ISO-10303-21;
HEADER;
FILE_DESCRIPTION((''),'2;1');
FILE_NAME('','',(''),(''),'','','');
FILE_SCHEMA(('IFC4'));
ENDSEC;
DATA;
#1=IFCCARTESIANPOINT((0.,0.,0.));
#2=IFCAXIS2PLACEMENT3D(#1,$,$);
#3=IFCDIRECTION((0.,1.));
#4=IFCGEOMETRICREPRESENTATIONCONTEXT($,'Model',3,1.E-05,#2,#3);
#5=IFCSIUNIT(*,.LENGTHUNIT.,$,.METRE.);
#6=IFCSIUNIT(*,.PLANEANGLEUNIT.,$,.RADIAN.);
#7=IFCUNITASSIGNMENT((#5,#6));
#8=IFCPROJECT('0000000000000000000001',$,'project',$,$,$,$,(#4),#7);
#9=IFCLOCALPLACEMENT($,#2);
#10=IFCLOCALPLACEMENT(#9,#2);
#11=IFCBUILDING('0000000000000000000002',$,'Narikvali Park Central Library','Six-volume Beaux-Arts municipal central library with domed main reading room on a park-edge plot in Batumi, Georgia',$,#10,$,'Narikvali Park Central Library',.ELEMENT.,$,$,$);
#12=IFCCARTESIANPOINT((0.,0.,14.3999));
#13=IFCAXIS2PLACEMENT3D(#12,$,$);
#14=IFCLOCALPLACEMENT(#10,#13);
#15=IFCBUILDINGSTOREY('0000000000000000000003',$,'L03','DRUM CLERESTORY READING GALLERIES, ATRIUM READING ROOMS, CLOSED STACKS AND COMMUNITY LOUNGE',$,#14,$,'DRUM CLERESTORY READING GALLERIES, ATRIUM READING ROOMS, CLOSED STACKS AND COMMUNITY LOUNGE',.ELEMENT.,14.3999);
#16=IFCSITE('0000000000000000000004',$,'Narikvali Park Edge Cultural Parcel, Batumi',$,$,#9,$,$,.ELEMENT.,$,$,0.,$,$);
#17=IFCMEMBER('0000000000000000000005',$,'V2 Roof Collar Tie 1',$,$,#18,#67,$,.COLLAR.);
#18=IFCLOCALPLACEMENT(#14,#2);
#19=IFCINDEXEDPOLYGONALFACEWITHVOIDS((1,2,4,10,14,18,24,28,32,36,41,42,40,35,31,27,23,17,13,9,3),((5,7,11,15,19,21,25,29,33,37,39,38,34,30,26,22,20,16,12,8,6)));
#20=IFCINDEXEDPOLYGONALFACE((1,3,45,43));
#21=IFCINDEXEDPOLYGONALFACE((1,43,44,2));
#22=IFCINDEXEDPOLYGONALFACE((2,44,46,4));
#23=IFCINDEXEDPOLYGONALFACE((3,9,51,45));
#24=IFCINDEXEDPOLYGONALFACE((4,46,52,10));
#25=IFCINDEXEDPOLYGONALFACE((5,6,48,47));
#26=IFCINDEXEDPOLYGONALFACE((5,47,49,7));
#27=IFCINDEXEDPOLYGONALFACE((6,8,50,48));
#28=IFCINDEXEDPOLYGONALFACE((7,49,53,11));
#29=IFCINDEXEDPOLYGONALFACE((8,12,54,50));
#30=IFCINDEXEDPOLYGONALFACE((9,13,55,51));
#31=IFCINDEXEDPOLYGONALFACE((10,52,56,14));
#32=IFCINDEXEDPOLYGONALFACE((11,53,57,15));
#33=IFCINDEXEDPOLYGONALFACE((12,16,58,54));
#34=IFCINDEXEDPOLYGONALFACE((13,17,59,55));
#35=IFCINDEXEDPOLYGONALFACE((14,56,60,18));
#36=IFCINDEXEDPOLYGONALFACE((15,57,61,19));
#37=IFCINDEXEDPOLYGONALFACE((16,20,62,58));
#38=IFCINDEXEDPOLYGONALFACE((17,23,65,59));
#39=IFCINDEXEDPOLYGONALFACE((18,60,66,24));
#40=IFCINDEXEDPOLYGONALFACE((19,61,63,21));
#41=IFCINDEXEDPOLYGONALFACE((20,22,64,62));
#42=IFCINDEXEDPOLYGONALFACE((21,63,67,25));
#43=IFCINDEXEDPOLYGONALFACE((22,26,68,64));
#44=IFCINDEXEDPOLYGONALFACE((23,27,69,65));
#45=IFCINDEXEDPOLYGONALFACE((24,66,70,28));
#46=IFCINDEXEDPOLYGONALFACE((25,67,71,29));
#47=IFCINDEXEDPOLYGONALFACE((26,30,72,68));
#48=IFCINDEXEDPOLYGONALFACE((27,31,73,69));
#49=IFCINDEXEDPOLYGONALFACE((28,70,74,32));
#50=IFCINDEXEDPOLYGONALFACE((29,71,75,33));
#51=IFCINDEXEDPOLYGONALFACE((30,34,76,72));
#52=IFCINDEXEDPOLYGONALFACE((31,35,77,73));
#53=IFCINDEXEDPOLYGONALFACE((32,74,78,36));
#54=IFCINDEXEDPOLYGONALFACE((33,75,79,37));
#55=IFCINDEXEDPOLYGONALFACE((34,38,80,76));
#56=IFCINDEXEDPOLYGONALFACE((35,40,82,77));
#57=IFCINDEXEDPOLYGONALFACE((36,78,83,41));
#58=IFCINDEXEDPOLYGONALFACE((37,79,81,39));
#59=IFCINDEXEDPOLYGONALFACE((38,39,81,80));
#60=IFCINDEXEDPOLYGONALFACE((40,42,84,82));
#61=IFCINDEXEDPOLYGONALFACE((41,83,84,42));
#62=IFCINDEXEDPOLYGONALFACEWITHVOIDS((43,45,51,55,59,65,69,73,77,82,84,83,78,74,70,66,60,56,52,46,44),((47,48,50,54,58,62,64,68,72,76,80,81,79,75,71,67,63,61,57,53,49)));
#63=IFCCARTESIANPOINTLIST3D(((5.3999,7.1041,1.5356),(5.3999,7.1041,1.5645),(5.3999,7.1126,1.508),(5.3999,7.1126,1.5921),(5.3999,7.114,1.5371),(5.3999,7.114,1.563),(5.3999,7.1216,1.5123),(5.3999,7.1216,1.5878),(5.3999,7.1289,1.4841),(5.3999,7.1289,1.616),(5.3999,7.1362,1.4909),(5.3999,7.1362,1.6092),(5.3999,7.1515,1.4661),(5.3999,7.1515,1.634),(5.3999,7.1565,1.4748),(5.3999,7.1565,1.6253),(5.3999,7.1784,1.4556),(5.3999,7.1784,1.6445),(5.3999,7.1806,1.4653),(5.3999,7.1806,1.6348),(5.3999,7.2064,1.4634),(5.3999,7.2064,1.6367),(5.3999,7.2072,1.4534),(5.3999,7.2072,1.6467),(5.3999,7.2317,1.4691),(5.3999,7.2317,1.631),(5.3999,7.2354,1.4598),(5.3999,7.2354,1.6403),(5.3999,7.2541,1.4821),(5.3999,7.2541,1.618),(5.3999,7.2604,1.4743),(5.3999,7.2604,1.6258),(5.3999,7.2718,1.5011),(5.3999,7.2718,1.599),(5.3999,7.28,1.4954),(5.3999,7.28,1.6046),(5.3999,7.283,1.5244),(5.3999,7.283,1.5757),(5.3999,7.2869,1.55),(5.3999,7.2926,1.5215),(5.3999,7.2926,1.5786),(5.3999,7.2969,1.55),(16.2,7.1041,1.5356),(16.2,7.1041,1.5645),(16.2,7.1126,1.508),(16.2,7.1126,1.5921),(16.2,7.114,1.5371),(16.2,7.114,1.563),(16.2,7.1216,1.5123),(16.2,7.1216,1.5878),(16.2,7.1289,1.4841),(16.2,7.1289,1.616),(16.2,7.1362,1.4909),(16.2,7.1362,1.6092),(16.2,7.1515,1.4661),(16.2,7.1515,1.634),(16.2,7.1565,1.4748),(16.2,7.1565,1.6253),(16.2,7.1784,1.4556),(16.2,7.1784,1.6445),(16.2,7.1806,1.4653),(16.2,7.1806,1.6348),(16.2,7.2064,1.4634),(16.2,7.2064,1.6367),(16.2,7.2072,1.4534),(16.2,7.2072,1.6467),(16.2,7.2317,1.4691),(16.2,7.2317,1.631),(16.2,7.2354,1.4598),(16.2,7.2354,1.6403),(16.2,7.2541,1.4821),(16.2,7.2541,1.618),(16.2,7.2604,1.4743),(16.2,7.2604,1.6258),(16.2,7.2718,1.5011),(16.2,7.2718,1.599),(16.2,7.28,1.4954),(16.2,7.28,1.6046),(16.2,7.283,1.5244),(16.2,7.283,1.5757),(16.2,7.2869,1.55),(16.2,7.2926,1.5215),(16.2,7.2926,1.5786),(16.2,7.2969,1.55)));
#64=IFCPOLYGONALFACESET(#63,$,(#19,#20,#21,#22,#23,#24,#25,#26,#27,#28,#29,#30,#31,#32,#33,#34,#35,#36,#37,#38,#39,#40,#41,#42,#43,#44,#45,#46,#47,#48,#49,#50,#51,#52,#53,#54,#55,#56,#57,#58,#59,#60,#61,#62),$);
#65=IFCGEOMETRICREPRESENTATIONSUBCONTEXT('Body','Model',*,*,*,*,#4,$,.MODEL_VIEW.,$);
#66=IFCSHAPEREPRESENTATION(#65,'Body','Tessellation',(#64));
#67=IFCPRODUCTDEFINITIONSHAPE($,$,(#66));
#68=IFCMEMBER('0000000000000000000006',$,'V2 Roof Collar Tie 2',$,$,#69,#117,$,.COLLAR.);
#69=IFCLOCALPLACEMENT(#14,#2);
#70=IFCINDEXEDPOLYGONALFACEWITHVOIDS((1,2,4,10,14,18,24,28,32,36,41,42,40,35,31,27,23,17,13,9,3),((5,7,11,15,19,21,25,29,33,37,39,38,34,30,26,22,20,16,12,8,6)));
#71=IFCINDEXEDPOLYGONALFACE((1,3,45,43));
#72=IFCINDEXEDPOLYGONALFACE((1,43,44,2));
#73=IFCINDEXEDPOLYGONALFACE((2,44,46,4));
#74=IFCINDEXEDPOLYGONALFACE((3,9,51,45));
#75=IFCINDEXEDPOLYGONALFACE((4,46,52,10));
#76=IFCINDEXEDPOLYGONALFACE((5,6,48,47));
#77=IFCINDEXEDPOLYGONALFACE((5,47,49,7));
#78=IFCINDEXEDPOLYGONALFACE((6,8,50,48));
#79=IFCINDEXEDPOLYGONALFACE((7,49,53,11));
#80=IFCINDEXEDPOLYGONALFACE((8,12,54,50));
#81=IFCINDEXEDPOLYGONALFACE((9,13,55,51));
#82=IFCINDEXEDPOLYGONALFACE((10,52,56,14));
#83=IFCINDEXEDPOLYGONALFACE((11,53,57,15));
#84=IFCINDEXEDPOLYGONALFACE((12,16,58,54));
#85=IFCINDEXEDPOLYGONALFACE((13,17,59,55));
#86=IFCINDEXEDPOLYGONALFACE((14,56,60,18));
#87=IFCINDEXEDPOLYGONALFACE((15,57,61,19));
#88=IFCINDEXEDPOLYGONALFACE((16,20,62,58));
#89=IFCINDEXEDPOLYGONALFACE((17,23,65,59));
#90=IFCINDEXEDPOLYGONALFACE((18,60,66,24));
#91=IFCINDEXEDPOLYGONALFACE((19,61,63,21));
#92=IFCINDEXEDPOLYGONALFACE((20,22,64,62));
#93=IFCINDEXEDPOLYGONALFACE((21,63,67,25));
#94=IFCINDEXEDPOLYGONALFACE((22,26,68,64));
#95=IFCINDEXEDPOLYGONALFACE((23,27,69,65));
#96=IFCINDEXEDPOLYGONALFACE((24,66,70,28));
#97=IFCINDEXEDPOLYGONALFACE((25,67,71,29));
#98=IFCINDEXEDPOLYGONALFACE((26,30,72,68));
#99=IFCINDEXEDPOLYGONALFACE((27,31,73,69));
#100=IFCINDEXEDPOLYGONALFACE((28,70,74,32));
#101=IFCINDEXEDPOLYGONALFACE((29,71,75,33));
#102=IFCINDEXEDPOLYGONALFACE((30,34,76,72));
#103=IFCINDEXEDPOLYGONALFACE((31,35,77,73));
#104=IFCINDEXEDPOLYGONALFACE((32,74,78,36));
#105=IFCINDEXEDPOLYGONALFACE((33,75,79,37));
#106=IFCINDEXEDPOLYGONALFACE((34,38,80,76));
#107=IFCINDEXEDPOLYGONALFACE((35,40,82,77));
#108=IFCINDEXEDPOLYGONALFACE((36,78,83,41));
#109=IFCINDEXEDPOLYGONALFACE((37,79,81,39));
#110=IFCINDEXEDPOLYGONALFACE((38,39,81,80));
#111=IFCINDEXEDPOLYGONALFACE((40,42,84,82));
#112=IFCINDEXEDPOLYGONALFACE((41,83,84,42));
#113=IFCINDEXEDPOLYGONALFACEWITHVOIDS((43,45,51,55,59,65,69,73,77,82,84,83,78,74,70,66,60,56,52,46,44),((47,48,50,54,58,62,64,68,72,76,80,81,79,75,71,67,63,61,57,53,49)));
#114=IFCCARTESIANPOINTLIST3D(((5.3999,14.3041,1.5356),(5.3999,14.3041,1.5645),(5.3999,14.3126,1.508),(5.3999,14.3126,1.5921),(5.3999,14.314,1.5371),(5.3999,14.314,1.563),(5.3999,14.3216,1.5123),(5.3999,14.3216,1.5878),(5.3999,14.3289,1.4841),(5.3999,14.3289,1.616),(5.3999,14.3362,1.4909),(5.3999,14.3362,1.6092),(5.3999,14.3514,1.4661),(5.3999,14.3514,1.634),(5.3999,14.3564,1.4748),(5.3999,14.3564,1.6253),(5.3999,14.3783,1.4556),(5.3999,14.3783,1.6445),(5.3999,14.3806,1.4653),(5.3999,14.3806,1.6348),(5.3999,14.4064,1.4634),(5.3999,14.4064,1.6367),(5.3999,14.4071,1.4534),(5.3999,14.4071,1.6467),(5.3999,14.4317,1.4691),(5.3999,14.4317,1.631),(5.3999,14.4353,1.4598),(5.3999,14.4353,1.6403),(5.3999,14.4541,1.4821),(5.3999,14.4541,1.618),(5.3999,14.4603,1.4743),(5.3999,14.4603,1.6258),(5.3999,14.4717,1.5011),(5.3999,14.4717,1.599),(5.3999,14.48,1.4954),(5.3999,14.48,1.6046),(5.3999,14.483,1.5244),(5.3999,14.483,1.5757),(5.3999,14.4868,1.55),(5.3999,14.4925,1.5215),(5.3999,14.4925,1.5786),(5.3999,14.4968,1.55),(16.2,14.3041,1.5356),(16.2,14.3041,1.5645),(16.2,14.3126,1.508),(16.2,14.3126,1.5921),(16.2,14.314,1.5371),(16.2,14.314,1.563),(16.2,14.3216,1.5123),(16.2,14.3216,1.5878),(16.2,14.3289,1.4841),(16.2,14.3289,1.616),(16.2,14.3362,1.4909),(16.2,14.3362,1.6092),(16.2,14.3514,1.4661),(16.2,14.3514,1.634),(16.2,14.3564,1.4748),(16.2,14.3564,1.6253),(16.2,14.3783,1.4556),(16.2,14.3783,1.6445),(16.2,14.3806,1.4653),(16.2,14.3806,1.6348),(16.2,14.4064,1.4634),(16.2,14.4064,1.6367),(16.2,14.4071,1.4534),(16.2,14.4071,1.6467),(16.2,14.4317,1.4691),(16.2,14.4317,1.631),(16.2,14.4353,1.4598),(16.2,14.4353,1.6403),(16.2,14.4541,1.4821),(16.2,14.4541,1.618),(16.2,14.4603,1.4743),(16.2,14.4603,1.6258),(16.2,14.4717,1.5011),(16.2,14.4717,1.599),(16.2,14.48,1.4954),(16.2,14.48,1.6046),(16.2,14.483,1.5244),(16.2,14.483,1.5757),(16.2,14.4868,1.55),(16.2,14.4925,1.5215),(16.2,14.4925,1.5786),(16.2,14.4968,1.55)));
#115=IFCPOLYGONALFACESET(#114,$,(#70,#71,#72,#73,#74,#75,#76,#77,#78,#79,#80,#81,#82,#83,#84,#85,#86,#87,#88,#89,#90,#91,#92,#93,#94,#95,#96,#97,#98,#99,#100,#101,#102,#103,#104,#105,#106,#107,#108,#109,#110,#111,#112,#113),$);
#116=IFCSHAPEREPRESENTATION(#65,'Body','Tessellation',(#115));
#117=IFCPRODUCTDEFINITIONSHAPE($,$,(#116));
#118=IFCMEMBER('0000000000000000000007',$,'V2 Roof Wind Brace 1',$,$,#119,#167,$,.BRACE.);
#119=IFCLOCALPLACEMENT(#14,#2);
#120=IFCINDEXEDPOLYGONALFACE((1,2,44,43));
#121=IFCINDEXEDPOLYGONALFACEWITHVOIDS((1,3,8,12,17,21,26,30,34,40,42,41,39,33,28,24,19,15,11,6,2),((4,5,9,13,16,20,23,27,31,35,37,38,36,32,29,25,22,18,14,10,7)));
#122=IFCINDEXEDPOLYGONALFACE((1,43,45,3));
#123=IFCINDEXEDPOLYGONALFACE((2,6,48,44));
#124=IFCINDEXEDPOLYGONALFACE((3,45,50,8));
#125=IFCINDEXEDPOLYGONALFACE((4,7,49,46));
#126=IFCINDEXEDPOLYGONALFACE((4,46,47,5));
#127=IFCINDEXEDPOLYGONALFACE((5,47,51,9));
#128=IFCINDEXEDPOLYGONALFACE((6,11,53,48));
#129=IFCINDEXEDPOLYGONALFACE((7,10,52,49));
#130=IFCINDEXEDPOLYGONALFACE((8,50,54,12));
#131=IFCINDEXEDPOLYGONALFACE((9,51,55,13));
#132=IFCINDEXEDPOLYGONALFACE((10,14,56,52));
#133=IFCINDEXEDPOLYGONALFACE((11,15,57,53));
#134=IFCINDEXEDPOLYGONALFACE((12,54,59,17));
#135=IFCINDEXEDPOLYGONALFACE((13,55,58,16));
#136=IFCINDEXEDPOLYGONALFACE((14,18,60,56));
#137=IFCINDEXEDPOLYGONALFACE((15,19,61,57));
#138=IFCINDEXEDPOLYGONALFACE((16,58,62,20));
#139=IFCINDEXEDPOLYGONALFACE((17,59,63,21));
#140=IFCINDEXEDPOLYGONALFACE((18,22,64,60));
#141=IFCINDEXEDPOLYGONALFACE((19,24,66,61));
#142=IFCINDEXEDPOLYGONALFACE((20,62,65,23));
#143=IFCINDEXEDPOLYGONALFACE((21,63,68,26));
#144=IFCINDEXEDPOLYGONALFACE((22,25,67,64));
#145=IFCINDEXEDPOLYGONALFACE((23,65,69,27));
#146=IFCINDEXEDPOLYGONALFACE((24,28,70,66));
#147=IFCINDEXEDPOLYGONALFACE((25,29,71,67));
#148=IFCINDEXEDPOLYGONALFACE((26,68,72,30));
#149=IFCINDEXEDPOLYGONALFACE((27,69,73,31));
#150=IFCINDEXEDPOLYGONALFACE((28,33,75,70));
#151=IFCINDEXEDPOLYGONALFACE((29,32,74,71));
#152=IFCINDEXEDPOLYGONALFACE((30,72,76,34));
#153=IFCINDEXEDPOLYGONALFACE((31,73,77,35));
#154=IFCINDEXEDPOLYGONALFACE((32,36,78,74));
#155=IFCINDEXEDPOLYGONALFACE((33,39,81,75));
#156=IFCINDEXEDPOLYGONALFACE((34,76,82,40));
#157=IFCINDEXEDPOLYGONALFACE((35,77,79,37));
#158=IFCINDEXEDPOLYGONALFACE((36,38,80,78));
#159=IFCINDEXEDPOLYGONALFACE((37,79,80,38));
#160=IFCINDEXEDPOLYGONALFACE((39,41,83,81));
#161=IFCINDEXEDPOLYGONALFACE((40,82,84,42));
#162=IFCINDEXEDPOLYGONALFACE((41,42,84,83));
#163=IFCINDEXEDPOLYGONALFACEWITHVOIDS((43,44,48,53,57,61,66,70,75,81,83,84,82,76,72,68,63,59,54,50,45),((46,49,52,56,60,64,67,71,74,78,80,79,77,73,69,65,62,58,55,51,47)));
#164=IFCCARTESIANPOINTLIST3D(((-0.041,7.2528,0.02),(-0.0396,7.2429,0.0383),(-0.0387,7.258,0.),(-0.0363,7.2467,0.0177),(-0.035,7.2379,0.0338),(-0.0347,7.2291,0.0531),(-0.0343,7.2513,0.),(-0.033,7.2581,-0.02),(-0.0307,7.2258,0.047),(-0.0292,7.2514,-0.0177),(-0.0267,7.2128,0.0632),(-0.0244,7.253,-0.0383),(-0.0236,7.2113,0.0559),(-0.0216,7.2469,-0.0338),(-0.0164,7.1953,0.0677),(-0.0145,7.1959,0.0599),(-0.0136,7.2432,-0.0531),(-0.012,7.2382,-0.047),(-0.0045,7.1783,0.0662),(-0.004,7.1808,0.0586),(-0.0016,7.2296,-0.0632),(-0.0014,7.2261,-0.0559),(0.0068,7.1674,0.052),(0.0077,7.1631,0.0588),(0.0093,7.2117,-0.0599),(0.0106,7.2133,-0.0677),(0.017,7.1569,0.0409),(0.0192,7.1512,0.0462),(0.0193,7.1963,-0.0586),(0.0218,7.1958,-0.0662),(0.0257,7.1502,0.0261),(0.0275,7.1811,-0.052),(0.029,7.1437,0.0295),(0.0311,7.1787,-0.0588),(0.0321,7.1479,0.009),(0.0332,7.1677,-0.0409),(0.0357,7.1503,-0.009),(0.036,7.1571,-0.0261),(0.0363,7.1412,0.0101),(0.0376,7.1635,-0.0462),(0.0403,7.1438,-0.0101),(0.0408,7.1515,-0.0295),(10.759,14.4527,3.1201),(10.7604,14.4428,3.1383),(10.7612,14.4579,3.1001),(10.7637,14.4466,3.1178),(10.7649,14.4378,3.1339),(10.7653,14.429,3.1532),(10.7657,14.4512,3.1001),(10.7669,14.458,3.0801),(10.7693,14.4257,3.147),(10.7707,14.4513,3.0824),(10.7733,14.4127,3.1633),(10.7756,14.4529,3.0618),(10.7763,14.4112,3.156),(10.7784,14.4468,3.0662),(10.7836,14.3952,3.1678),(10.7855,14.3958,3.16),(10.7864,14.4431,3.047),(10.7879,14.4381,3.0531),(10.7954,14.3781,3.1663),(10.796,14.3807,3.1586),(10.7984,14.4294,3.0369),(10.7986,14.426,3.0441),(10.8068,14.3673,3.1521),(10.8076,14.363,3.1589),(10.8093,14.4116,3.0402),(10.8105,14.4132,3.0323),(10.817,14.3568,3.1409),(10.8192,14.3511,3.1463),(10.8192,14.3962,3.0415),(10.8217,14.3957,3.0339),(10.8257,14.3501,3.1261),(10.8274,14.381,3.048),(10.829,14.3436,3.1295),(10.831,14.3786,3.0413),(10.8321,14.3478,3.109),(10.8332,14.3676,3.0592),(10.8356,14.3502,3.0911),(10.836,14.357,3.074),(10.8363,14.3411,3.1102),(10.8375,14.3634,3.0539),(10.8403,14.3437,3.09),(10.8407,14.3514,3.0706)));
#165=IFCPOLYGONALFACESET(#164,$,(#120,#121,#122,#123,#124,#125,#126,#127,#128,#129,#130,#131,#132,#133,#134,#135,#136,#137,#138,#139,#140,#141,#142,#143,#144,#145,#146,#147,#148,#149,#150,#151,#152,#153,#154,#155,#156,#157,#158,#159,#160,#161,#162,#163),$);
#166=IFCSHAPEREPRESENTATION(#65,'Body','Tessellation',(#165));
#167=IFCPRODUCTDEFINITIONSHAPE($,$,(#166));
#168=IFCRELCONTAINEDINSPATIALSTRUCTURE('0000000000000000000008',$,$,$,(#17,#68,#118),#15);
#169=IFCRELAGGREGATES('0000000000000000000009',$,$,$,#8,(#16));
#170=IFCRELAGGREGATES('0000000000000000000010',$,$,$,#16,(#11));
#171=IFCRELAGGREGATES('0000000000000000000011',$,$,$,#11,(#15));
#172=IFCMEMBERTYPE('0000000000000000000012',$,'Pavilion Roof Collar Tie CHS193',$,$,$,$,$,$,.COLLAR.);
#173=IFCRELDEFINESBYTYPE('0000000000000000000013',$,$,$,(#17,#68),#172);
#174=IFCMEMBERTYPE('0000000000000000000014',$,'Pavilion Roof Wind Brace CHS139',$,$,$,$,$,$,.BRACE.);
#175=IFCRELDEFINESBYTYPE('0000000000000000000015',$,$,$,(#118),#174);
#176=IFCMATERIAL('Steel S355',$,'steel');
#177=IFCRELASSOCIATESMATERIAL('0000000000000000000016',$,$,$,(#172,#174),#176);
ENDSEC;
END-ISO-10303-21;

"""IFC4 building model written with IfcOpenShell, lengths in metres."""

from ifc_helpers import new_model, si_unit, direction, frame, origin, origin_2d, place, context, subcontext, project, spatial, hollow_circle, extrude, material, material_profile, profile_set, type_object, element, save


model = new_model("IFC4")

# Units and contexts
model_context = context("Model", 3, precision=1e-05, world=origin(), true_north=direction((0.0, 1.0)))
body_context = subcontext(model_context, "Body", "Model", "MODEL_VIEW")
ifc_project = project(units=[si_unit("LENGTHUNIT", "METRE"), si_unit("PLANEANGLEUNIT", "RADIAN")], contexts=[model_context])

# Site, building, storey
site_placement = place(None, origin())
site = spatial("IfcSite", under=ifc_project, at=site_placement, Name="Narikvali Park Edge Cultural Parcel, Batumi", CompositionType="ELEMENT", RefElevation=0.0)
building_placement = place(site_placement, origin())
building = spatial("IfcBuilding", under=site, at=building_placement, Name="Narikvali Park Central Library", Description="Six-volume Beaux-Arts municipal central library with domed main reading room on a park-edge plot in Batumi, Georgia", LongName="Narikvali Park Central Library", CompositionType="ELEMENT")
storey_placement = place(building_placement, frame((0.0, 0.0, 14.3999)))
storey = spatial("IfcBuildingStorey", under=building, at=storey_placement, Name="L03", Description="DRUM CLERESTORY READING GALLERIES, ATRIUM READING ROOMS, CLOSED STACKS AND COMMUNITY LOUNGE", LongName="DRUM CLERESTORY READING GALLERIES, ATRIUM READING ROOMS, CLOSED STACKS AND COMMUNITY LOUNGE", CompositionType="ELEMENT", Elevation=14.3999)

# Shared definitions
ifc_material_1 = material(Name="Steel S355", Category="steel")

# Members
ifc_material_profile_1 = material_profile(ifc_material_1, hollow_circle(Radius=0.0969, WallThickness=0.01, at=origin_2d()), Name="CHS 193.7x10")
ifc_profile_set_1 = profile_set([ifc_material_profile_1], Name="Steel S355")
member_type_1 = type_object("IfcMemberType", Name="Pavilion Roof Collar Tie CHS193", PredefinedType="COLLAR", material=ifc_profile_set_1)
for number, where, z_axis, x_axis, name in (
    (1, (5.3999, 7.2, 1.55), (1.0, 0.0, 0.0), (0.0, 1.0, 0.0), "V2 Roof Collar Tie 1"),
    (2, (5.3999, 14.3999, 1.55), (1.0, 0.0, 0.0), (0.0, 1.0, 0.0), "V2 Roof Collar Tie 2"),
):
    element("IfcMember", number, at=place(storey_placement, frame(where, z_axis=z_axis, x_axis=x_axis)), inside=storey, type_object=member_type_1, Name=name, PredefinedType="COLLAR", context=body_context, shape_type="SweptSolid", body=[
        extrude(hollow_circle(Radius=0.0969, WallThickness=0.01, at=origin_2d()), origin(), (0.0, 0.0, 1.0), 10.8),
    ])
ifc_material_profile_2 = material_profile(ifc_material_1, hollow_circle(Radius=0.0698, WallThickness=0.0081, at=origin_2d()), Name="CHS 139.7x8")
ifc_profile_set_2 = profile_set([ifc_material_profile_2], Name="Steel S355")
member_type_2 = type_object("IfcMemberType", Name="Pavilion Roof Wind Brace CHS139", PredefinedType="BRACE", material=ifc_profile_set_2)
member_1_placement = place(storey_placement, frame((0.0, 7.2, 0.0), z_axis=(0.809291, 0.539521, 0.232303), x_axis=(-0.554696, 0.832053, 0.0)))
element("IfcMember", 3, at=member_1_placement, inside=storey, type_object=member_type_2, Name="V2 Roof Wind Brace 1", PredefinedType="BRACE", context=body_context, shape_type="SweptSolid", body=[
    extrude(hollow_circle(Radius=0.0698, WallThickness=0.0081, at=origin_2d()), origin(), (0.0, 0.0, 1.0), 13.345),
])

save(model, "model.ifc")
